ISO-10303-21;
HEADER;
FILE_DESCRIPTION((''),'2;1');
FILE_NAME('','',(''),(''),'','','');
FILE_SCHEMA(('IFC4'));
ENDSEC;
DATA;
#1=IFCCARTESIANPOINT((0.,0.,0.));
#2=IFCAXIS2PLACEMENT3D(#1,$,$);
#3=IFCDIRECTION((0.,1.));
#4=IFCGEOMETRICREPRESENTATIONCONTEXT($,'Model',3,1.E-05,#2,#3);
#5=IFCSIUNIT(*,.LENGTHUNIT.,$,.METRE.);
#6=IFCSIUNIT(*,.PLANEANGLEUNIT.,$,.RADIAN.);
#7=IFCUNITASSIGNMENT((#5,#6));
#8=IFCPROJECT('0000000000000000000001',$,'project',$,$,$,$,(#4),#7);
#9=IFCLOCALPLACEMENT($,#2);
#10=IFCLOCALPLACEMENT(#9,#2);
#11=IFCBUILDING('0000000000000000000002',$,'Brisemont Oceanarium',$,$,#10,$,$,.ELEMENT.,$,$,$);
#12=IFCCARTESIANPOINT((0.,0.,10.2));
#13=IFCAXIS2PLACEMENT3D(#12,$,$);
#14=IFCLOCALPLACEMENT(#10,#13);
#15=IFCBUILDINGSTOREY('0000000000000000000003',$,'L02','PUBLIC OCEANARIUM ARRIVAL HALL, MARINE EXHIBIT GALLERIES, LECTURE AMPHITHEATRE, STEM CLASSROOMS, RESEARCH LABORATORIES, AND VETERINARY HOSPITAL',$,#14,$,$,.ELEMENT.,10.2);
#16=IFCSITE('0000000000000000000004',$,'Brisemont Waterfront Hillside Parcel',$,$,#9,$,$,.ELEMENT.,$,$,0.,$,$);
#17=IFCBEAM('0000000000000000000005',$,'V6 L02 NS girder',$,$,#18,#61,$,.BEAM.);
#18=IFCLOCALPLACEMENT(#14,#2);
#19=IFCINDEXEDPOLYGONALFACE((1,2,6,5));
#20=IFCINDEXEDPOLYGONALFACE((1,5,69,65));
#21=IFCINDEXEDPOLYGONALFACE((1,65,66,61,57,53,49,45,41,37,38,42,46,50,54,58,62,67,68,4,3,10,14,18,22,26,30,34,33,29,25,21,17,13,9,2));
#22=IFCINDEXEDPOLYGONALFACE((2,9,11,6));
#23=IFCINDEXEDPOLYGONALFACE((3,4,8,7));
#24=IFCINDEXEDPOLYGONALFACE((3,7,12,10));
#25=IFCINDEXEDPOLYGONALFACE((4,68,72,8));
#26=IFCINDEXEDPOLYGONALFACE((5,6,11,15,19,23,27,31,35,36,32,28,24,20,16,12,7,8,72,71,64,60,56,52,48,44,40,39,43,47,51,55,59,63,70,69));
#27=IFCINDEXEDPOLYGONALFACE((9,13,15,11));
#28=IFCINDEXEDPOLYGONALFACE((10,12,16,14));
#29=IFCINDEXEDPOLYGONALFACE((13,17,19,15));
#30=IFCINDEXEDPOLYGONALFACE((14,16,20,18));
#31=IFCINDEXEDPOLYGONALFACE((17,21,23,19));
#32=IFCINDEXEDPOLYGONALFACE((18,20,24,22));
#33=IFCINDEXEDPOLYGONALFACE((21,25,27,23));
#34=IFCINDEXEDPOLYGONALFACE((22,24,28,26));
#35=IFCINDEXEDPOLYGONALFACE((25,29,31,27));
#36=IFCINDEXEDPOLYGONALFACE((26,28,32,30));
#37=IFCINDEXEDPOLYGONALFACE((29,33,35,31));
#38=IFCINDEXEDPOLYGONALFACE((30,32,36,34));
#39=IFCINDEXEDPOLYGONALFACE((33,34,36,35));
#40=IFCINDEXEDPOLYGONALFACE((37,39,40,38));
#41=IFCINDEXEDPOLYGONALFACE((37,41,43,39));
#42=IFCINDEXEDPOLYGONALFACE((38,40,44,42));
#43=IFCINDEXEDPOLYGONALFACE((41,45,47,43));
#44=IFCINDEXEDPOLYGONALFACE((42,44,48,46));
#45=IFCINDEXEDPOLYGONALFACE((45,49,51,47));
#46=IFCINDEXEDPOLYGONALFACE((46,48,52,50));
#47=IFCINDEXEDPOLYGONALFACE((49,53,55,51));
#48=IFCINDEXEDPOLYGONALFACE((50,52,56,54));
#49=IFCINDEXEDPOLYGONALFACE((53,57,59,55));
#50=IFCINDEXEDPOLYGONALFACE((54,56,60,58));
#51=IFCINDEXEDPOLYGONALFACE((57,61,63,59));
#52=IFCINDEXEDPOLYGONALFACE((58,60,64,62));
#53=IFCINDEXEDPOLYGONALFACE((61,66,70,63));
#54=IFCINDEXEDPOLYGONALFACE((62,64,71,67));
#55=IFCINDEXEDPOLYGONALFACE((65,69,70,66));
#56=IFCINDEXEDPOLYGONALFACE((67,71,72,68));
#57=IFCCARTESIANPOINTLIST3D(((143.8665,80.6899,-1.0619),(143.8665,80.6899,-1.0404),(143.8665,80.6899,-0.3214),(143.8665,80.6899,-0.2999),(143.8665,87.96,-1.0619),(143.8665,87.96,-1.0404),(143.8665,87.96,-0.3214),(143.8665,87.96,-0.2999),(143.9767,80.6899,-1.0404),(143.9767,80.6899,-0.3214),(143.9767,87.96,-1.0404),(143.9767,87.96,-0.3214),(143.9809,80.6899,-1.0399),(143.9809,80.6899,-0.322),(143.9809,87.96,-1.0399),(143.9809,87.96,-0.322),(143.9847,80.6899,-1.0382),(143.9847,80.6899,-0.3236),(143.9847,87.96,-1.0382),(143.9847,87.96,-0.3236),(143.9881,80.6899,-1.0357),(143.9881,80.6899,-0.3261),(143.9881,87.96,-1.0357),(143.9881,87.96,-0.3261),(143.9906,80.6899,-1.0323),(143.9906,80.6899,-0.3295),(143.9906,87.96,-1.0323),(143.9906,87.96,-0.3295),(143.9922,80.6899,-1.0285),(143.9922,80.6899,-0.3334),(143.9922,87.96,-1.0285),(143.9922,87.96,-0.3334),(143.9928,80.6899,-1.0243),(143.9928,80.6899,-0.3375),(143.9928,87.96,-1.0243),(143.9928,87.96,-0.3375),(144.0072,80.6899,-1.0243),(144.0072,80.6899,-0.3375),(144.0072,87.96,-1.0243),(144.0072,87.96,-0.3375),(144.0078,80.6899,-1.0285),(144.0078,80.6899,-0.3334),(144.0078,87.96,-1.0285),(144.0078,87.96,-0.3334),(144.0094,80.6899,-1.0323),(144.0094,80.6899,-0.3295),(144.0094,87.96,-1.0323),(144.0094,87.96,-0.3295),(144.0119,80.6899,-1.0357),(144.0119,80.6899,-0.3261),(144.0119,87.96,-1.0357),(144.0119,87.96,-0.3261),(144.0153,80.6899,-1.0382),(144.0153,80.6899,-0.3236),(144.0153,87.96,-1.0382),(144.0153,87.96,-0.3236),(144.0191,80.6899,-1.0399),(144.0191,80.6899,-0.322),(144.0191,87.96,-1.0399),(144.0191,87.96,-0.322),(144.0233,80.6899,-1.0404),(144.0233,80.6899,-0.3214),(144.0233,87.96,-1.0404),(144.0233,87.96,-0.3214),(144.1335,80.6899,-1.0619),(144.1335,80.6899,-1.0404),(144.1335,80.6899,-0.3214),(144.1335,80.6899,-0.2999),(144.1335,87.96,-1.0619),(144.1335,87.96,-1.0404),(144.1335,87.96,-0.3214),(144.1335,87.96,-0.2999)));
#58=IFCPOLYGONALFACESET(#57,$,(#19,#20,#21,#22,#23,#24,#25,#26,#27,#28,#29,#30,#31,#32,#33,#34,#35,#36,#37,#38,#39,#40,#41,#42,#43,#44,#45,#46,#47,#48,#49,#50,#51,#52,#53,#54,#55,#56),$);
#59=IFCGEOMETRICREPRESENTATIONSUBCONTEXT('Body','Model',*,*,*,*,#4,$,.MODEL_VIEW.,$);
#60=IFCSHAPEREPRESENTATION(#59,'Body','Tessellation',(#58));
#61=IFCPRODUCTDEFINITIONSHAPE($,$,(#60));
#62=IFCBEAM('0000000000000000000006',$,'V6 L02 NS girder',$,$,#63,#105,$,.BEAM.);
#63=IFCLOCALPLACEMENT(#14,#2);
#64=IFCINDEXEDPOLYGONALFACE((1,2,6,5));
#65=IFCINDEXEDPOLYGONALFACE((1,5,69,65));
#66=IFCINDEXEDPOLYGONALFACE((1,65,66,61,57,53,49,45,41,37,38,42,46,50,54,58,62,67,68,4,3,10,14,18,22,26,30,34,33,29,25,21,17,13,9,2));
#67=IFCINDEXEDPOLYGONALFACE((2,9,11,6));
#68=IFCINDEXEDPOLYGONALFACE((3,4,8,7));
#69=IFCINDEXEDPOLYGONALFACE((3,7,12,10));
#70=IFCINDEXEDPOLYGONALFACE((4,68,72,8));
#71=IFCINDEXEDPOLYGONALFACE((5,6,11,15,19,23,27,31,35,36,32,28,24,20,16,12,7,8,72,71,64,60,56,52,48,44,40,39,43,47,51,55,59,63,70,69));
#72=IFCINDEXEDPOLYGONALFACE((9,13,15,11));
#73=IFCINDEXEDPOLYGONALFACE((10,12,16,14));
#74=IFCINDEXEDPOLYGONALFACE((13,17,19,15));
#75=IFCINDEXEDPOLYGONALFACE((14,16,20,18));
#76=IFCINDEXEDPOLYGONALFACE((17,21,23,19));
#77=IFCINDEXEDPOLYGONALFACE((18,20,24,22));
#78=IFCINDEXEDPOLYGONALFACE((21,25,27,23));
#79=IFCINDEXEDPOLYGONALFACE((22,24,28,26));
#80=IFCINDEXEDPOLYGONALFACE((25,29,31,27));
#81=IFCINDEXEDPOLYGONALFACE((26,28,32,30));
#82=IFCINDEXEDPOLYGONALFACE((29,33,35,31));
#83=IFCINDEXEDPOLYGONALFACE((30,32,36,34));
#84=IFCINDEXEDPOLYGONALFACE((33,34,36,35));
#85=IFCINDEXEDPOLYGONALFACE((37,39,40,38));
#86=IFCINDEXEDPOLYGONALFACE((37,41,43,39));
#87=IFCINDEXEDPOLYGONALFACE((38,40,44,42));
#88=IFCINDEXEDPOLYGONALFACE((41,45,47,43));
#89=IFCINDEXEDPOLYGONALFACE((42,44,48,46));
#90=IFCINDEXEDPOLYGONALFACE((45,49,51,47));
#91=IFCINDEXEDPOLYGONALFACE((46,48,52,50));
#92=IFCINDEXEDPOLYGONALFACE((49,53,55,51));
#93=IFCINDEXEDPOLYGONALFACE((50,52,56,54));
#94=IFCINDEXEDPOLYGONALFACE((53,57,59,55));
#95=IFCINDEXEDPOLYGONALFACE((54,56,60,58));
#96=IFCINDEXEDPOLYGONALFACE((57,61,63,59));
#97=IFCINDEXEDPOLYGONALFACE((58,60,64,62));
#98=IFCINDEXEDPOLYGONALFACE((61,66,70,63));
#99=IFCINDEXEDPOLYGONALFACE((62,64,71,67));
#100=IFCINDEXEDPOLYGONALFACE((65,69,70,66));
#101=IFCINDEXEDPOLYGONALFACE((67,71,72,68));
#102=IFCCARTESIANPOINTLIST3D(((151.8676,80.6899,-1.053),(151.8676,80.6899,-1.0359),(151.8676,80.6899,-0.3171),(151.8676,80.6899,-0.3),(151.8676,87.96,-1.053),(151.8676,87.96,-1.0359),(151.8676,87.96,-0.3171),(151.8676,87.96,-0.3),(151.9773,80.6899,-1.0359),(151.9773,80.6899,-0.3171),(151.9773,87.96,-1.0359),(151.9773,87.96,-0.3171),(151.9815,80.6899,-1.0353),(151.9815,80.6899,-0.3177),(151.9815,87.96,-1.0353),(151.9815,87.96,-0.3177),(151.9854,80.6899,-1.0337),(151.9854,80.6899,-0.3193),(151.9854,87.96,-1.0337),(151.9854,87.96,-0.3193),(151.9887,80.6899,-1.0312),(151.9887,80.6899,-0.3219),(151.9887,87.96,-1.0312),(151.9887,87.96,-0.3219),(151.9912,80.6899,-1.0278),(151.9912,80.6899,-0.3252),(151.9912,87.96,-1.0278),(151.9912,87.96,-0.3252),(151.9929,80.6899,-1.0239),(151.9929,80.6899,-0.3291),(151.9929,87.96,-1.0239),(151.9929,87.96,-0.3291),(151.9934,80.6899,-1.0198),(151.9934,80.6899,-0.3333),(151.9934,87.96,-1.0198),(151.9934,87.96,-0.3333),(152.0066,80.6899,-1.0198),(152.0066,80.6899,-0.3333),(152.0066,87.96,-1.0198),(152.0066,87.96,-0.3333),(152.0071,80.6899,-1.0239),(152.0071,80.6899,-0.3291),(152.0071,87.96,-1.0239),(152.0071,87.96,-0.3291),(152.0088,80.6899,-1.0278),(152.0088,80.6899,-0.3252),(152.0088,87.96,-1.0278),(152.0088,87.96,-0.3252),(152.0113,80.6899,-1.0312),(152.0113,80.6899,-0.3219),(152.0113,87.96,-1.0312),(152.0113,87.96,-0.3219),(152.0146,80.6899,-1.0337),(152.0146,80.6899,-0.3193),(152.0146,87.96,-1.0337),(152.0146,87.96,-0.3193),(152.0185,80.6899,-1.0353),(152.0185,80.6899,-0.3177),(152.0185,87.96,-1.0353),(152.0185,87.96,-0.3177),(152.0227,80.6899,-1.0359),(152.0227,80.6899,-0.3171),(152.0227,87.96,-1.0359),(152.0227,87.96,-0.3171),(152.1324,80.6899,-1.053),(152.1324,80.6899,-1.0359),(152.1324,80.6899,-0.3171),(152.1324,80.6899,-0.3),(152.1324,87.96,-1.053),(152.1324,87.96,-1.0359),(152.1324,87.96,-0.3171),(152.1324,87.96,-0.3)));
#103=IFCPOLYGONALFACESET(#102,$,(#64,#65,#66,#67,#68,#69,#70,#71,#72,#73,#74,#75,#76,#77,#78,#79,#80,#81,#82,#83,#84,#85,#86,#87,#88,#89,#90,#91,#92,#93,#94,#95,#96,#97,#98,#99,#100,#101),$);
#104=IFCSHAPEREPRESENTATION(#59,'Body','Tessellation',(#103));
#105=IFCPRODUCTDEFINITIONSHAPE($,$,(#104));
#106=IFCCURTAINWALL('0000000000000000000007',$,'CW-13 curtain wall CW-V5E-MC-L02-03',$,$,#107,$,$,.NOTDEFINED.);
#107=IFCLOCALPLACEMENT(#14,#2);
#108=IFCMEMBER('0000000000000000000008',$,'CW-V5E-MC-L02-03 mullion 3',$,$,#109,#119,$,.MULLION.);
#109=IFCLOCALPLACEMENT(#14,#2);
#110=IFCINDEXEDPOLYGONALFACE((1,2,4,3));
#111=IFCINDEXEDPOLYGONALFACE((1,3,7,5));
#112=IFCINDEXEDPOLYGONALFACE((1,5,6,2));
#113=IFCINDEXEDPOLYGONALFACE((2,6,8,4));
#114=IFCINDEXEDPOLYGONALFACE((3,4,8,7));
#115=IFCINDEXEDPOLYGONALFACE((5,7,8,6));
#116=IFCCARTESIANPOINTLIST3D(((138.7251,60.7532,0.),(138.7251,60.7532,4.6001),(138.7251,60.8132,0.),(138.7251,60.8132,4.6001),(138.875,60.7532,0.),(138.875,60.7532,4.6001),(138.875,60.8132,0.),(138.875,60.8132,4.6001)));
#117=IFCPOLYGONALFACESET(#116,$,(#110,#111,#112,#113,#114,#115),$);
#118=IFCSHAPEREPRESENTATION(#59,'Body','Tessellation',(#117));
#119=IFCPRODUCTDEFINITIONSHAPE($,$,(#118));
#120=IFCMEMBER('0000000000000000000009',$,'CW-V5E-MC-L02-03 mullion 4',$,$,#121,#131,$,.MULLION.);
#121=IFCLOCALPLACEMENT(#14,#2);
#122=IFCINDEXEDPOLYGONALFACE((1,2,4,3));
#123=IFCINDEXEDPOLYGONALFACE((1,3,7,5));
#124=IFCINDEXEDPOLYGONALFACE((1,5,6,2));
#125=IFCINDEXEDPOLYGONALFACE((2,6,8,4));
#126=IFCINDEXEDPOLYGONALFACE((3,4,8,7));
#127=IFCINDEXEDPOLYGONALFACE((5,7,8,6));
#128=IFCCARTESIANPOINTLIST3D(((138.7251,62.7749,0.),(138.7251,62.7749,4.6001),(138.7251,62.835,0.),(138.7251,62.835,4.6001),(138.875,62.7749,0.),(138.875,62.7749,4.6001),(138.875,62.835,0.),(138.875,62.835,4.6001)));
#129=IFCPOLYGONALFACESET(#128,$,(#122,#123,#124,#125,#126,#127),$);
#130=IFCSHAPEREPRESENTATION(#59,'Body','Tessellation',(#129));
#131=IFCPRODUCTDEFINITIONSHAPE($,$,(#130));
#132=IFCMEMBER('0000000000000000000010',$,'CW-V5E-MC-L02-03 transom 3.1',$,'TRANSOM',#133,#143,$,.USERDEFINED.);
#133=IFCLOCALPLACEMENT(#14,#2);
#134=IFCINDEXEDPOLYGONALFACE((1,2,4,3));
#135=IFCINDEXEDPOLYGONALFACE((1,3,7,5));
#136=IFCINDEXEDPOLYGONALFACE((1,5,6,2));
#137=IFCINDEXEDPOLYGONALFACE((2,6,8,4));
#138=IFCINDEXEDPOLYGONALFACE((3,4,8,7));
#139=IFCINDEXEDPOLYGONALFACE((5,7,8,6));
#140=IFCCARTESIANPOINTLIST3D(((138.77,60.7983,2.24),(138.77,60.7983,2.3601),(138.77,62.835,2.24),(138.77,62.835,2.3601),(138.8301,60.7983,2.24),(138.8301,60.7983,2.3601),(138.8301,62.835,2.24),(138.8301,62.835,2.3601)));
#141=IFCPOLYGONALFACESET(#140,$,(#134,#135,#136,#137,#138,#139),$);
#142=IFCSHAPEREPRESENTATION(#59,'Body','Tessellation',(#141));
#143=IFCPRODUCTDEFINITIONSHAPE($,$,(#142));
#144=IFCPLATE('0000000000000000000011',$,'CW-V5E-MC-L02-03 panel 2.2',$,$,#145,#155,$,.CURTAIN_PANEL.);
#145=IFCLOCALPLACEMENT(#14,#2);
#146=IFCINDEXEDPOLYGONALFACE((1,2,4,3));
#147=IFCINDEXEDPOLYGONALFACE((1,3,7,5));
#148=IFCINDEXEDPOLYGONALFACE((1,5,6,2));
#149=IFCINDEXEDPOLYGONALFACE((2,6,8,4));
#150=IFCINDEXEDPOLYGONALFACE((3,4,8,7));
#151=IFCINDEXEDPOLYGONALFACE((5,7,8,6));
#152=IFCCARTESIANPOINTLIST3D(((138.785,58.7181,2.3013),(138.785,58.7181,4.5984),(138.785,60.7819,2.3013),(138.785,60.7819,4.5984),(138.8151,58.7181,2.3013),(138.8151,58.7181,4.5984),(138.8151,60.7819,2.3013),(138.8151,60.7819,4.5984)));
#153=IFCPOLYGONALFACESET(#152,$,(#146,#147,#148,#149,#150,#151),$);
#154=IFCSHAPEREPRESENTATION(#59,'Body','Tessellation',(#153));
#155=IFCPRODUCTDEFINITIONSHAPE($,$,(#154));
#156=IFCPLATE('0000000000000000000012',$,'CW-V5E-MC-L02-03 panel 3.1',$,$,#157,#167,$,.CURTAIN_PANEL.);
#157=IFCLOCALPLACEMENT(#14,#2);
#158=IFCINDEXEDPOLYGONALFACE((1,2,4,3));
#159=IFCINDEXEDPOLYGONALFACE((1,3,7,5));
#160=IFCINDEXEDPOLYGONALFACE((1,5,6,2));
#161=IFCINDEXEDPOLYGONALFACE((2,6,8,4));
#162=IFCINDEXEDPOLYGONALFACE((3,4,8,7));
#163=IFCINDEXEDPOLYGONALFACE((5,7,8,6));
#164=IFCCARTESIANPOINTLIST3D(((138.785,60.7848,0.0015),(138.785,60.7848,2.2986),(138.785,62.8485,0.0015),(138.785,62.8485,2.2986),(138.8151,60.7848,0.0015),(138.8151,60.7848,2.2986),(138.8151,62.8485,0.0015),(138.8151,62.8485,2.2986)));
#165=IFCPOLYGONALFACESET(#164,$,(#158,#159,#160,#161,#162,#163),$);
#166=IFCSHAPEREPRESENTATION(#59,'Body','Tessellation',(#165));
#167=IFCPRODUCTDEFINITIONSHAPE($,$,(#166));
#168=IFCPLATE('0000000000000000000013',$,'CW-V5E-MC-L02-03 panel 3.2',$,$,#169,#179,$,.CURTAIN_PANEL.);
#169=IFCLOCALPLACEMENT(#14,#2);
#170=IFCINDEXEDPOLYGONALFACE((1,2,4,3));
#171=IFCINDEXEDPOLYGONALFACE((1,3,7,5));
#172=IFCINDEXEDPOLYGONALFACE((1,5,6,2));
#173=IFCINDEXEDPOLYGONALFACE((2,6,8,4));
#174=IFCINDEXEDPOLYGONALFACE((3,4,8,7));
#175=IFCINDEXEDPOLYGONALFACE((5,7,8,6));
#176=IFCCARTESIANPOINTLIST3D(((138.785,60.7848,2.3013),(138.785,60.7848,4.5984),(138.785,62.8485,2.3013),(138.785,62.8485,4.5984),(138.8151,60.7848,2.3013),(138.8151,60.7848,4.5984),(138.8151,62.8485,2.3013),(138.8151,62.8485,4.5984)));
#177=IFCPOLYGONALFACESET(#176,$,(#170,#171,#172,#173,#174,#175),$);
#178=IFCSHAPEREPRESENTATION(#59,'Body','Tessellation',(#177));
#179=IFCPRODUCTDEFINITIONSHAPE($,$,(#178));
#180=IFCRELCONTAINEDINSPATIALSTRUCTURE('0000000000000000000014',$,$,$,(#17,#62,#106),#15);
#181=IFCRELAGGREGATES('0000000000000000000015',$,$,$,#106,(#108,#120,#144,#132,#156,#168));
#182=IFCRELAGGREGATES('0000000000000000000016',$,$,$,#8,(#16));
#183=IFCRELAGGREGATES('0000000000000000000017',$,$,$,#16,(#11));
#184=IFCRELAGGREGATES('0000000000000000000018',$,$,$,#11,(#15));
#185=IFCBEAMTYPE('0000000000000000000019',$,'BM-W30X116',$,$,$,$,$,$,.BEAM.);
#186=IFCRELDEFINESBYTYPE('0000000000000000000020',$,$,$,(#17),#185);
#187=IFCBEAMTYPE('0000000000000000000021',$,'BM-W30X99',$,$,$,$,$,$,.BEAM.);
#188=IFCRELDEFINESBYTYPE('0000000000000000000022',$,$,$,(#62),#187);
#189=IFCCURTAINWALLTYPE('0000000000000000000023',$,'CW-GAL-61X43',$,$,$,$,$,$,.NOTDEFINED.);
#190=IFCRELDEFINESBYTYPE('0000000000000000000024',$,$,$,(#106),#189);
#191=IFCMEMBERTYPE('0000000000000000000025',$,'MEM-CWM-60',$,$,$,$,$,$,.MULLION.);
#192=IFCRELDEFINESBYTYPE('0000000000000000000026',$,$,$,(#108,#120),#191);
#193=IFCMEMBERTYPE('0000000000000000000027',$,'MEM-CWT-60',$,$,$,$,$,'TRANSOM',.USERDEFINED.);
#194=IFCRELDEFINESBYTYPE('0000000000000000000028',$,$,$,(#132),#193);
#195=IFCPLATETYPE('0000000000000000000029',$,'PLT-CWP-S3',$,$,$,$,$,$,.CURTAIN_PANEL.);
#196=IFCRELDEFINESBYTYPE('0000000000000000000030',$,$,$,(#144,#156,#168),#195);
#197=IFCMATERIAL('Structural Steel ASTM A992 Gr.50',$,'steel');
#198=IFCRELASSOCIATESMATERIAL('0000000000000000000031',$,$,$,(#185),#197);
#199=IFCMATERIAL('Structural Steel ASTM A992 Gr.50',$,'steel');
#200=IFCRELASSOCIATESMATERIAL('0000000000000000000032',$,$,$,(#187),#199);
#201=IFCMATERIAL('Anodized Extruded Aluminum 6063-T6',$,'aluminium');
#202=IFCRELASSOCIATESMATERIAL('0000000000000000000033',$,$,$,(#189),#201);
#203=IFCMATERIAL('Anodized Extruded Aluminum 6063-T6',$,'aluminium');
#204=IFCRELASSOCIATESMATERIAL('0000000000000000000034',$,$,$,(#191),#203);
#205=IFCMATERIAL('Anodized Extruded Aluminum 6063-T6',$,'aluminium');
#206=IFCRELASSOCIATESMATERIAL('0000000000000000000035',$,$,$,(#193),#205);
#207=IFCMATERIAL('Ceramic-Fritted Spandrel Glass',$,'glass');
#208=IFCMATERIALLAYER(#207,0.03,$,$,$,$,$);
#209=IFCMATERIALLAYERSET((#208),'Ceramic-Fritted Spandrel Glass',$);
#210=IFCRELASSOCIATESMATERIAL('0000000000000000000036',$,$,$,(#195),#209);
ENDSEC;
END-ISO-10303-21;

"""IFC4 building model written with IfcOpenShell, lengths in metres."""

from ifc_helpers import new_model, si_unit, direction, frame, origin, origin_2d, place, context, subcontext, project, spatial, rectangle, i_section, extrude, material, layer, layer_set, material_profile, profile_set, type_object, element, aggregate, save


model = new_model("IFC4")

# Units and contexts
model_context = context("Model", 3, precision=1e-05, world=origin(), true_north=direction((0.0, 1.0)))
body_context = subcontext(model_context, "Body", "Model", "MODEL_VIEW")
ifc_project = project(units=[si_unit("LENGTHUNIT", "METRE"), si_unit("PLANEANGLEUNIT", "RADIAN")], contexts=[model_context])

# Site, building, storey
site_placement = place(None, origin())
site = spatial("IfcSite", under=ifc_project, at=site_placement, Name="Brisemont Waterfront Hillside Parcel", CompositionType="ELEMENT", RefElevation=0.0)
building_placement = place(site_placement, origin())
building = spatial("IfcBuilding", under=site, at=building_placement, Name="Brisemont Oceanarium", CompositionType="ELEMENT")
storey_placement = place(building_placement, frame((0.0, 0.0, 10.2)))
storey = spatial("IfcBuildingStorey", under=building, at=storey_placement, Name="L02", Description="PUBLIC OCEANARIUM ARRIVAL HALL, MARINE EXHIBIT GALLERIES, LECTURE AMPHITHEATRE, STEM CLASSROOMS, RESEARCH LABORATORIES, AND VETERINARY HOSPITAL", CompositionType="ELEMENT", Elevation=10.2)

# Beams
ifc_material_1 = material(Name="Structural Steel ASTM A992 Gr.50", Category="steel")
ifc_material_profile_1 = material_profile(ifc_material_1, i_section(OverallWidth=0.2671, OverallDepth=0.762, WebThickness=0.0144, FlangeThickness=0.0215, FilletRadius=0.0161, at=origin_2d()), Name="W30X116")
ifc_profile_set_1 = profile_set([ifc_material_profile_1], Name="Structural Steel ASTM A992 Gr.50")
beam_type_1 = type_object("IfcBeamType", Name="BM-W30X116", PredefinedType="BEAM", material=ifc_profile_set_1)
beam_1_placement = place(storey_placement, frame((144.0, 80.6899, -0.6809), z_axis=(0.0, 1.0, 0.0), x_axis=(-1.0, 0.0, 0.0)))
element("IfcBeam", 1, at=beam_1_placement, inside=storey, type_object=beam_type_1, Name="V6 L02 NS girder", PredefinedType="BEAM", context=body_context, shape_type="SweptSolid", body=[
    extrude(i_section(OverallWidth=0.2671, OverallDepth=0.762, WebThickness=0.0144, FlangeThickness=0.0215, FilletRadius=0.0161, at=origin_2d()), origin(), (0.0, 0.0, 1.0), 7.27),
])
ifc_material_2 = material(Name="Structural Steel ASTM A992 Gr.50", Category="steel")
ifc_material_profile_2 = material_profile(ifc_material_2, i_section(OverallWidth=0.2649, OverallDepth=0.7529, WebThickness=0.0132, FlangeThickness=0.0171, FilletRadius=0.0161, at=origin_2d()), Name="W30X99")
ifc_profile_set_2 = profile_set([ifc_material_profile_2], Name="Structural Steel ASTM A992 Gr.50")
beam_type_2 = type_object("IfcBeamType", Name="BM-W30X99", PredefinedType="BEAM", material=ifc_profile_set_2)
beam_2_placement = place(storey_placement, frame((152.0, 80.6899, -0.6765), z_axis=(0.0, 1.0, 0.0), x_axis=(-1.0, 0.0, 0.0)))
element("IfcBeam", 2, at=beam_2_placement, inside=storey, type_object=beam_type_2, Name="V6 L02 NS girder", PredefinedType="BEAM", context=body_context, shape_type="SweptSolid", body=[
    extrude(i_section(OverallWidth=0.2649, OverallDepth=0.7529, WebThickness=0.0132, FlangeThickness=0.0171, FilletRadius=0.0161, at=origin_2d()), origin(), (0.0, 0.0, 1.0), 7.27),
])

# Curtain wall, members, plates
ifc_material_3 = material(Name="Anodized Extruded Aluminum 6063-T6", Category="aluminium")
curtain_wall_type = type_object("IfcCurtainWallType", Name="CW-GAL-61X43", PredefinedType="NOTDEFINED", material=ifc_material_3)
curtain_wall_placement = place(storey_placement, origin())
curtain_wall = element("IfcCurtainWall", 3, at=curtain_wall_placement, inside=storey, type_object=curtain_wall_type, Name="CW-13 curtain wall CW-V5E-MC-L02-03", PredefinedType="NOTDEFINED")
ifc_material_4 = material(Name="Anodized Extruded Aluminum 6063-T6", Category="aluminium")
ifc_material_profile_3 = material_profile(ifc_material_4, rectangle(XDim=0.0601, YDim=0.1499, at=origin_2d()), Name="CWM-60X150")
ifc_profile_set_3 = profile_set([ifc_material_profile_3], Name="Anodized Extruded Aluminum 6063-T6")
member_type_1 = type_object("IfcMemberType", Name="MEM-CWM-60", PredefinedType="MULLION", material=ifc_profile_set_3)
member_1_placement = place(storey_placement, frame((138.8, 60.7832, 0.0), z_axis=(0.0, 0.0, 1.0), x_axis=(0.0, 1.0, 0.0)))
member_1 = element("IfcMember", 4, at=member_1_placement, type_object=member_type_1, Name="CW-V5E-MC-L02-03 mullion 3", PredefinedType="MULLION", context=body_context, shape_type="SweptSolid", body=[
    extrude(rectangle(XDim=0.0601, YDim=0.1499, at=origin_2d()), origin(), (0.0, 0.0, 1.0), 4.6001),
])
member_2_placement = place(storey_placement, frame((138.8, 62.8049, 0.0), z_axis=(0.0, 0.0, 1.0), x_axis=(0.0, 1.0, 0.0)))
member_2 = element("IfcMember", 5, at=member_2_placement, type_object=member_type_1, Name="CW-V5E-MC-L02-03 mullion 4", PredefinedType="MULLION", context=body_context, shape_type="SweptSolid", body=[
    extrude(rectangle(XDim=0.0601, YDim=0.1499, at=origin_2d()), origin(), (0.0, 0.0, 1.0), 4.6001),
])
ifc_material_5 = material(Name="Anodized Extruded Aluminum 6063-T6", Category="aluminium")
ifc_material_profile_4 = material_profile(ifc_material_5, rectangle(XDim=0.0601, YDim=0.1201, at=origin_2d()), Name="CWT-60X120")
ifc_profile_set_4 = profile_set([ifc_material_profile_4], Name="Anodized Extruded Aluminum 6063-T6")
member_type_2 = type_object("IfcMemberType", Name="MEM-CWT-60", ElementType="TRANSOM", PredefinedType="USERDEFINED", material=ifc_profile_set_4)
member_3_placement = place(storey_placement, frame((138.8, 60.7983, 2.3), z_axis=(0.0, 1.0, 0.0), x_axis=(-1.0, 0.0, 0.0)))
member_3 = element("IfcMember", 6, at=member_3_placement, type_object=member_type_2, Name="CW-V5E-MC-L02-03 transom 3.1", ObjectType="TRANSOM", PredefinedType="USERDEFINED", context=body_context, shape_type="SweptSolid", body=[
    extrude(rectangle(XDim=0.0601, YDim=0.1201, at=origin_2d()), origin(), (0.0, 0.0, 1.0), 2.0366),
])
ifc_material_6 = material(Name="Ceramic-Fritted Spandrel Glass", Category="glass")
ifc_layer_1 = layer(ifc_material_6, 0.03)
ifc_layer_set_1 = layer_set([ifc_layer_1], Name="Ceramic-Fritted Spandrel Glass")
plate_type = type_object("IfcPlateType", Name="PLT-CWP-S3", PredefinedType="CURTAIN_PANEL", material=ifc_layer_set_1)
plate_1_placement = place(storey_placement, frame((138.8, 59.75, 2.3013), z_axis=(0.0, 0.0, 1.0), x_axis=(0.0, 1.0, 0.0)))
plate_1 = element("IfcPlate", 7, at=plate_1_placement, type_object=plate_type, Name="CW-V5E-MC-L02-03 panel 2.2", PredefinedType="CURTAIN_PANEL", context=body_context, shape_type="SweptSolid", body=[
    extrude(rectangle(XDim=2.0637, YDim=0.03, at=origin_2d()), origin(), (0.0, 0.0, 1.0), 2.2971),
])
plate_2_placement = place(storey_placement, frame((138.8, 61.8167, 0.0015), z_axis=(0.0, 0.0, 1.0), x_axis=(0.0, 1.0, 0.0)))
plate_2 = element("IfcPlate", 8, at=plate_2_placement, type_object=plate_type, Name="CW-V5E-MC-L02-03 panel 3.1", PredefinedType="CURTAIN_PANEL", context=body_context, shape_type="SweptSolid", body=[
    extrude(rectangle(XDim=2.0637, YDim=0.03, at=origin_2d()), origin(), (0.0, 0.0, 1.0), 2.2971),
])
plate_3_placement = place(storey_placement, frame((138.8, 61.8167, 2.3013), z_axis=(0.0, 0.0, 1.0), x_axis=(0.0, 1.0, 0.0)))
plate_3 = element("IfcPlate", 9, at=plate_3_placement, type_object=plate_type, Name="CW-V5E-MC-L02-03 panel 3.2", PredefinedType="CURTAIN_PANEL", context=body_context, shape_type="SweptSolid", body=[
    extrude(rectangle(XDim=2.0637, YDim=0.03, at=origin_2d()), origin(), (0.0, 0.0, 1.0), 2.2971),
])
aggregate(curtain_wall, [member_1, member_2, plate_1, member_3, plate_2, plate_3])

save(model, "model.ifc")
